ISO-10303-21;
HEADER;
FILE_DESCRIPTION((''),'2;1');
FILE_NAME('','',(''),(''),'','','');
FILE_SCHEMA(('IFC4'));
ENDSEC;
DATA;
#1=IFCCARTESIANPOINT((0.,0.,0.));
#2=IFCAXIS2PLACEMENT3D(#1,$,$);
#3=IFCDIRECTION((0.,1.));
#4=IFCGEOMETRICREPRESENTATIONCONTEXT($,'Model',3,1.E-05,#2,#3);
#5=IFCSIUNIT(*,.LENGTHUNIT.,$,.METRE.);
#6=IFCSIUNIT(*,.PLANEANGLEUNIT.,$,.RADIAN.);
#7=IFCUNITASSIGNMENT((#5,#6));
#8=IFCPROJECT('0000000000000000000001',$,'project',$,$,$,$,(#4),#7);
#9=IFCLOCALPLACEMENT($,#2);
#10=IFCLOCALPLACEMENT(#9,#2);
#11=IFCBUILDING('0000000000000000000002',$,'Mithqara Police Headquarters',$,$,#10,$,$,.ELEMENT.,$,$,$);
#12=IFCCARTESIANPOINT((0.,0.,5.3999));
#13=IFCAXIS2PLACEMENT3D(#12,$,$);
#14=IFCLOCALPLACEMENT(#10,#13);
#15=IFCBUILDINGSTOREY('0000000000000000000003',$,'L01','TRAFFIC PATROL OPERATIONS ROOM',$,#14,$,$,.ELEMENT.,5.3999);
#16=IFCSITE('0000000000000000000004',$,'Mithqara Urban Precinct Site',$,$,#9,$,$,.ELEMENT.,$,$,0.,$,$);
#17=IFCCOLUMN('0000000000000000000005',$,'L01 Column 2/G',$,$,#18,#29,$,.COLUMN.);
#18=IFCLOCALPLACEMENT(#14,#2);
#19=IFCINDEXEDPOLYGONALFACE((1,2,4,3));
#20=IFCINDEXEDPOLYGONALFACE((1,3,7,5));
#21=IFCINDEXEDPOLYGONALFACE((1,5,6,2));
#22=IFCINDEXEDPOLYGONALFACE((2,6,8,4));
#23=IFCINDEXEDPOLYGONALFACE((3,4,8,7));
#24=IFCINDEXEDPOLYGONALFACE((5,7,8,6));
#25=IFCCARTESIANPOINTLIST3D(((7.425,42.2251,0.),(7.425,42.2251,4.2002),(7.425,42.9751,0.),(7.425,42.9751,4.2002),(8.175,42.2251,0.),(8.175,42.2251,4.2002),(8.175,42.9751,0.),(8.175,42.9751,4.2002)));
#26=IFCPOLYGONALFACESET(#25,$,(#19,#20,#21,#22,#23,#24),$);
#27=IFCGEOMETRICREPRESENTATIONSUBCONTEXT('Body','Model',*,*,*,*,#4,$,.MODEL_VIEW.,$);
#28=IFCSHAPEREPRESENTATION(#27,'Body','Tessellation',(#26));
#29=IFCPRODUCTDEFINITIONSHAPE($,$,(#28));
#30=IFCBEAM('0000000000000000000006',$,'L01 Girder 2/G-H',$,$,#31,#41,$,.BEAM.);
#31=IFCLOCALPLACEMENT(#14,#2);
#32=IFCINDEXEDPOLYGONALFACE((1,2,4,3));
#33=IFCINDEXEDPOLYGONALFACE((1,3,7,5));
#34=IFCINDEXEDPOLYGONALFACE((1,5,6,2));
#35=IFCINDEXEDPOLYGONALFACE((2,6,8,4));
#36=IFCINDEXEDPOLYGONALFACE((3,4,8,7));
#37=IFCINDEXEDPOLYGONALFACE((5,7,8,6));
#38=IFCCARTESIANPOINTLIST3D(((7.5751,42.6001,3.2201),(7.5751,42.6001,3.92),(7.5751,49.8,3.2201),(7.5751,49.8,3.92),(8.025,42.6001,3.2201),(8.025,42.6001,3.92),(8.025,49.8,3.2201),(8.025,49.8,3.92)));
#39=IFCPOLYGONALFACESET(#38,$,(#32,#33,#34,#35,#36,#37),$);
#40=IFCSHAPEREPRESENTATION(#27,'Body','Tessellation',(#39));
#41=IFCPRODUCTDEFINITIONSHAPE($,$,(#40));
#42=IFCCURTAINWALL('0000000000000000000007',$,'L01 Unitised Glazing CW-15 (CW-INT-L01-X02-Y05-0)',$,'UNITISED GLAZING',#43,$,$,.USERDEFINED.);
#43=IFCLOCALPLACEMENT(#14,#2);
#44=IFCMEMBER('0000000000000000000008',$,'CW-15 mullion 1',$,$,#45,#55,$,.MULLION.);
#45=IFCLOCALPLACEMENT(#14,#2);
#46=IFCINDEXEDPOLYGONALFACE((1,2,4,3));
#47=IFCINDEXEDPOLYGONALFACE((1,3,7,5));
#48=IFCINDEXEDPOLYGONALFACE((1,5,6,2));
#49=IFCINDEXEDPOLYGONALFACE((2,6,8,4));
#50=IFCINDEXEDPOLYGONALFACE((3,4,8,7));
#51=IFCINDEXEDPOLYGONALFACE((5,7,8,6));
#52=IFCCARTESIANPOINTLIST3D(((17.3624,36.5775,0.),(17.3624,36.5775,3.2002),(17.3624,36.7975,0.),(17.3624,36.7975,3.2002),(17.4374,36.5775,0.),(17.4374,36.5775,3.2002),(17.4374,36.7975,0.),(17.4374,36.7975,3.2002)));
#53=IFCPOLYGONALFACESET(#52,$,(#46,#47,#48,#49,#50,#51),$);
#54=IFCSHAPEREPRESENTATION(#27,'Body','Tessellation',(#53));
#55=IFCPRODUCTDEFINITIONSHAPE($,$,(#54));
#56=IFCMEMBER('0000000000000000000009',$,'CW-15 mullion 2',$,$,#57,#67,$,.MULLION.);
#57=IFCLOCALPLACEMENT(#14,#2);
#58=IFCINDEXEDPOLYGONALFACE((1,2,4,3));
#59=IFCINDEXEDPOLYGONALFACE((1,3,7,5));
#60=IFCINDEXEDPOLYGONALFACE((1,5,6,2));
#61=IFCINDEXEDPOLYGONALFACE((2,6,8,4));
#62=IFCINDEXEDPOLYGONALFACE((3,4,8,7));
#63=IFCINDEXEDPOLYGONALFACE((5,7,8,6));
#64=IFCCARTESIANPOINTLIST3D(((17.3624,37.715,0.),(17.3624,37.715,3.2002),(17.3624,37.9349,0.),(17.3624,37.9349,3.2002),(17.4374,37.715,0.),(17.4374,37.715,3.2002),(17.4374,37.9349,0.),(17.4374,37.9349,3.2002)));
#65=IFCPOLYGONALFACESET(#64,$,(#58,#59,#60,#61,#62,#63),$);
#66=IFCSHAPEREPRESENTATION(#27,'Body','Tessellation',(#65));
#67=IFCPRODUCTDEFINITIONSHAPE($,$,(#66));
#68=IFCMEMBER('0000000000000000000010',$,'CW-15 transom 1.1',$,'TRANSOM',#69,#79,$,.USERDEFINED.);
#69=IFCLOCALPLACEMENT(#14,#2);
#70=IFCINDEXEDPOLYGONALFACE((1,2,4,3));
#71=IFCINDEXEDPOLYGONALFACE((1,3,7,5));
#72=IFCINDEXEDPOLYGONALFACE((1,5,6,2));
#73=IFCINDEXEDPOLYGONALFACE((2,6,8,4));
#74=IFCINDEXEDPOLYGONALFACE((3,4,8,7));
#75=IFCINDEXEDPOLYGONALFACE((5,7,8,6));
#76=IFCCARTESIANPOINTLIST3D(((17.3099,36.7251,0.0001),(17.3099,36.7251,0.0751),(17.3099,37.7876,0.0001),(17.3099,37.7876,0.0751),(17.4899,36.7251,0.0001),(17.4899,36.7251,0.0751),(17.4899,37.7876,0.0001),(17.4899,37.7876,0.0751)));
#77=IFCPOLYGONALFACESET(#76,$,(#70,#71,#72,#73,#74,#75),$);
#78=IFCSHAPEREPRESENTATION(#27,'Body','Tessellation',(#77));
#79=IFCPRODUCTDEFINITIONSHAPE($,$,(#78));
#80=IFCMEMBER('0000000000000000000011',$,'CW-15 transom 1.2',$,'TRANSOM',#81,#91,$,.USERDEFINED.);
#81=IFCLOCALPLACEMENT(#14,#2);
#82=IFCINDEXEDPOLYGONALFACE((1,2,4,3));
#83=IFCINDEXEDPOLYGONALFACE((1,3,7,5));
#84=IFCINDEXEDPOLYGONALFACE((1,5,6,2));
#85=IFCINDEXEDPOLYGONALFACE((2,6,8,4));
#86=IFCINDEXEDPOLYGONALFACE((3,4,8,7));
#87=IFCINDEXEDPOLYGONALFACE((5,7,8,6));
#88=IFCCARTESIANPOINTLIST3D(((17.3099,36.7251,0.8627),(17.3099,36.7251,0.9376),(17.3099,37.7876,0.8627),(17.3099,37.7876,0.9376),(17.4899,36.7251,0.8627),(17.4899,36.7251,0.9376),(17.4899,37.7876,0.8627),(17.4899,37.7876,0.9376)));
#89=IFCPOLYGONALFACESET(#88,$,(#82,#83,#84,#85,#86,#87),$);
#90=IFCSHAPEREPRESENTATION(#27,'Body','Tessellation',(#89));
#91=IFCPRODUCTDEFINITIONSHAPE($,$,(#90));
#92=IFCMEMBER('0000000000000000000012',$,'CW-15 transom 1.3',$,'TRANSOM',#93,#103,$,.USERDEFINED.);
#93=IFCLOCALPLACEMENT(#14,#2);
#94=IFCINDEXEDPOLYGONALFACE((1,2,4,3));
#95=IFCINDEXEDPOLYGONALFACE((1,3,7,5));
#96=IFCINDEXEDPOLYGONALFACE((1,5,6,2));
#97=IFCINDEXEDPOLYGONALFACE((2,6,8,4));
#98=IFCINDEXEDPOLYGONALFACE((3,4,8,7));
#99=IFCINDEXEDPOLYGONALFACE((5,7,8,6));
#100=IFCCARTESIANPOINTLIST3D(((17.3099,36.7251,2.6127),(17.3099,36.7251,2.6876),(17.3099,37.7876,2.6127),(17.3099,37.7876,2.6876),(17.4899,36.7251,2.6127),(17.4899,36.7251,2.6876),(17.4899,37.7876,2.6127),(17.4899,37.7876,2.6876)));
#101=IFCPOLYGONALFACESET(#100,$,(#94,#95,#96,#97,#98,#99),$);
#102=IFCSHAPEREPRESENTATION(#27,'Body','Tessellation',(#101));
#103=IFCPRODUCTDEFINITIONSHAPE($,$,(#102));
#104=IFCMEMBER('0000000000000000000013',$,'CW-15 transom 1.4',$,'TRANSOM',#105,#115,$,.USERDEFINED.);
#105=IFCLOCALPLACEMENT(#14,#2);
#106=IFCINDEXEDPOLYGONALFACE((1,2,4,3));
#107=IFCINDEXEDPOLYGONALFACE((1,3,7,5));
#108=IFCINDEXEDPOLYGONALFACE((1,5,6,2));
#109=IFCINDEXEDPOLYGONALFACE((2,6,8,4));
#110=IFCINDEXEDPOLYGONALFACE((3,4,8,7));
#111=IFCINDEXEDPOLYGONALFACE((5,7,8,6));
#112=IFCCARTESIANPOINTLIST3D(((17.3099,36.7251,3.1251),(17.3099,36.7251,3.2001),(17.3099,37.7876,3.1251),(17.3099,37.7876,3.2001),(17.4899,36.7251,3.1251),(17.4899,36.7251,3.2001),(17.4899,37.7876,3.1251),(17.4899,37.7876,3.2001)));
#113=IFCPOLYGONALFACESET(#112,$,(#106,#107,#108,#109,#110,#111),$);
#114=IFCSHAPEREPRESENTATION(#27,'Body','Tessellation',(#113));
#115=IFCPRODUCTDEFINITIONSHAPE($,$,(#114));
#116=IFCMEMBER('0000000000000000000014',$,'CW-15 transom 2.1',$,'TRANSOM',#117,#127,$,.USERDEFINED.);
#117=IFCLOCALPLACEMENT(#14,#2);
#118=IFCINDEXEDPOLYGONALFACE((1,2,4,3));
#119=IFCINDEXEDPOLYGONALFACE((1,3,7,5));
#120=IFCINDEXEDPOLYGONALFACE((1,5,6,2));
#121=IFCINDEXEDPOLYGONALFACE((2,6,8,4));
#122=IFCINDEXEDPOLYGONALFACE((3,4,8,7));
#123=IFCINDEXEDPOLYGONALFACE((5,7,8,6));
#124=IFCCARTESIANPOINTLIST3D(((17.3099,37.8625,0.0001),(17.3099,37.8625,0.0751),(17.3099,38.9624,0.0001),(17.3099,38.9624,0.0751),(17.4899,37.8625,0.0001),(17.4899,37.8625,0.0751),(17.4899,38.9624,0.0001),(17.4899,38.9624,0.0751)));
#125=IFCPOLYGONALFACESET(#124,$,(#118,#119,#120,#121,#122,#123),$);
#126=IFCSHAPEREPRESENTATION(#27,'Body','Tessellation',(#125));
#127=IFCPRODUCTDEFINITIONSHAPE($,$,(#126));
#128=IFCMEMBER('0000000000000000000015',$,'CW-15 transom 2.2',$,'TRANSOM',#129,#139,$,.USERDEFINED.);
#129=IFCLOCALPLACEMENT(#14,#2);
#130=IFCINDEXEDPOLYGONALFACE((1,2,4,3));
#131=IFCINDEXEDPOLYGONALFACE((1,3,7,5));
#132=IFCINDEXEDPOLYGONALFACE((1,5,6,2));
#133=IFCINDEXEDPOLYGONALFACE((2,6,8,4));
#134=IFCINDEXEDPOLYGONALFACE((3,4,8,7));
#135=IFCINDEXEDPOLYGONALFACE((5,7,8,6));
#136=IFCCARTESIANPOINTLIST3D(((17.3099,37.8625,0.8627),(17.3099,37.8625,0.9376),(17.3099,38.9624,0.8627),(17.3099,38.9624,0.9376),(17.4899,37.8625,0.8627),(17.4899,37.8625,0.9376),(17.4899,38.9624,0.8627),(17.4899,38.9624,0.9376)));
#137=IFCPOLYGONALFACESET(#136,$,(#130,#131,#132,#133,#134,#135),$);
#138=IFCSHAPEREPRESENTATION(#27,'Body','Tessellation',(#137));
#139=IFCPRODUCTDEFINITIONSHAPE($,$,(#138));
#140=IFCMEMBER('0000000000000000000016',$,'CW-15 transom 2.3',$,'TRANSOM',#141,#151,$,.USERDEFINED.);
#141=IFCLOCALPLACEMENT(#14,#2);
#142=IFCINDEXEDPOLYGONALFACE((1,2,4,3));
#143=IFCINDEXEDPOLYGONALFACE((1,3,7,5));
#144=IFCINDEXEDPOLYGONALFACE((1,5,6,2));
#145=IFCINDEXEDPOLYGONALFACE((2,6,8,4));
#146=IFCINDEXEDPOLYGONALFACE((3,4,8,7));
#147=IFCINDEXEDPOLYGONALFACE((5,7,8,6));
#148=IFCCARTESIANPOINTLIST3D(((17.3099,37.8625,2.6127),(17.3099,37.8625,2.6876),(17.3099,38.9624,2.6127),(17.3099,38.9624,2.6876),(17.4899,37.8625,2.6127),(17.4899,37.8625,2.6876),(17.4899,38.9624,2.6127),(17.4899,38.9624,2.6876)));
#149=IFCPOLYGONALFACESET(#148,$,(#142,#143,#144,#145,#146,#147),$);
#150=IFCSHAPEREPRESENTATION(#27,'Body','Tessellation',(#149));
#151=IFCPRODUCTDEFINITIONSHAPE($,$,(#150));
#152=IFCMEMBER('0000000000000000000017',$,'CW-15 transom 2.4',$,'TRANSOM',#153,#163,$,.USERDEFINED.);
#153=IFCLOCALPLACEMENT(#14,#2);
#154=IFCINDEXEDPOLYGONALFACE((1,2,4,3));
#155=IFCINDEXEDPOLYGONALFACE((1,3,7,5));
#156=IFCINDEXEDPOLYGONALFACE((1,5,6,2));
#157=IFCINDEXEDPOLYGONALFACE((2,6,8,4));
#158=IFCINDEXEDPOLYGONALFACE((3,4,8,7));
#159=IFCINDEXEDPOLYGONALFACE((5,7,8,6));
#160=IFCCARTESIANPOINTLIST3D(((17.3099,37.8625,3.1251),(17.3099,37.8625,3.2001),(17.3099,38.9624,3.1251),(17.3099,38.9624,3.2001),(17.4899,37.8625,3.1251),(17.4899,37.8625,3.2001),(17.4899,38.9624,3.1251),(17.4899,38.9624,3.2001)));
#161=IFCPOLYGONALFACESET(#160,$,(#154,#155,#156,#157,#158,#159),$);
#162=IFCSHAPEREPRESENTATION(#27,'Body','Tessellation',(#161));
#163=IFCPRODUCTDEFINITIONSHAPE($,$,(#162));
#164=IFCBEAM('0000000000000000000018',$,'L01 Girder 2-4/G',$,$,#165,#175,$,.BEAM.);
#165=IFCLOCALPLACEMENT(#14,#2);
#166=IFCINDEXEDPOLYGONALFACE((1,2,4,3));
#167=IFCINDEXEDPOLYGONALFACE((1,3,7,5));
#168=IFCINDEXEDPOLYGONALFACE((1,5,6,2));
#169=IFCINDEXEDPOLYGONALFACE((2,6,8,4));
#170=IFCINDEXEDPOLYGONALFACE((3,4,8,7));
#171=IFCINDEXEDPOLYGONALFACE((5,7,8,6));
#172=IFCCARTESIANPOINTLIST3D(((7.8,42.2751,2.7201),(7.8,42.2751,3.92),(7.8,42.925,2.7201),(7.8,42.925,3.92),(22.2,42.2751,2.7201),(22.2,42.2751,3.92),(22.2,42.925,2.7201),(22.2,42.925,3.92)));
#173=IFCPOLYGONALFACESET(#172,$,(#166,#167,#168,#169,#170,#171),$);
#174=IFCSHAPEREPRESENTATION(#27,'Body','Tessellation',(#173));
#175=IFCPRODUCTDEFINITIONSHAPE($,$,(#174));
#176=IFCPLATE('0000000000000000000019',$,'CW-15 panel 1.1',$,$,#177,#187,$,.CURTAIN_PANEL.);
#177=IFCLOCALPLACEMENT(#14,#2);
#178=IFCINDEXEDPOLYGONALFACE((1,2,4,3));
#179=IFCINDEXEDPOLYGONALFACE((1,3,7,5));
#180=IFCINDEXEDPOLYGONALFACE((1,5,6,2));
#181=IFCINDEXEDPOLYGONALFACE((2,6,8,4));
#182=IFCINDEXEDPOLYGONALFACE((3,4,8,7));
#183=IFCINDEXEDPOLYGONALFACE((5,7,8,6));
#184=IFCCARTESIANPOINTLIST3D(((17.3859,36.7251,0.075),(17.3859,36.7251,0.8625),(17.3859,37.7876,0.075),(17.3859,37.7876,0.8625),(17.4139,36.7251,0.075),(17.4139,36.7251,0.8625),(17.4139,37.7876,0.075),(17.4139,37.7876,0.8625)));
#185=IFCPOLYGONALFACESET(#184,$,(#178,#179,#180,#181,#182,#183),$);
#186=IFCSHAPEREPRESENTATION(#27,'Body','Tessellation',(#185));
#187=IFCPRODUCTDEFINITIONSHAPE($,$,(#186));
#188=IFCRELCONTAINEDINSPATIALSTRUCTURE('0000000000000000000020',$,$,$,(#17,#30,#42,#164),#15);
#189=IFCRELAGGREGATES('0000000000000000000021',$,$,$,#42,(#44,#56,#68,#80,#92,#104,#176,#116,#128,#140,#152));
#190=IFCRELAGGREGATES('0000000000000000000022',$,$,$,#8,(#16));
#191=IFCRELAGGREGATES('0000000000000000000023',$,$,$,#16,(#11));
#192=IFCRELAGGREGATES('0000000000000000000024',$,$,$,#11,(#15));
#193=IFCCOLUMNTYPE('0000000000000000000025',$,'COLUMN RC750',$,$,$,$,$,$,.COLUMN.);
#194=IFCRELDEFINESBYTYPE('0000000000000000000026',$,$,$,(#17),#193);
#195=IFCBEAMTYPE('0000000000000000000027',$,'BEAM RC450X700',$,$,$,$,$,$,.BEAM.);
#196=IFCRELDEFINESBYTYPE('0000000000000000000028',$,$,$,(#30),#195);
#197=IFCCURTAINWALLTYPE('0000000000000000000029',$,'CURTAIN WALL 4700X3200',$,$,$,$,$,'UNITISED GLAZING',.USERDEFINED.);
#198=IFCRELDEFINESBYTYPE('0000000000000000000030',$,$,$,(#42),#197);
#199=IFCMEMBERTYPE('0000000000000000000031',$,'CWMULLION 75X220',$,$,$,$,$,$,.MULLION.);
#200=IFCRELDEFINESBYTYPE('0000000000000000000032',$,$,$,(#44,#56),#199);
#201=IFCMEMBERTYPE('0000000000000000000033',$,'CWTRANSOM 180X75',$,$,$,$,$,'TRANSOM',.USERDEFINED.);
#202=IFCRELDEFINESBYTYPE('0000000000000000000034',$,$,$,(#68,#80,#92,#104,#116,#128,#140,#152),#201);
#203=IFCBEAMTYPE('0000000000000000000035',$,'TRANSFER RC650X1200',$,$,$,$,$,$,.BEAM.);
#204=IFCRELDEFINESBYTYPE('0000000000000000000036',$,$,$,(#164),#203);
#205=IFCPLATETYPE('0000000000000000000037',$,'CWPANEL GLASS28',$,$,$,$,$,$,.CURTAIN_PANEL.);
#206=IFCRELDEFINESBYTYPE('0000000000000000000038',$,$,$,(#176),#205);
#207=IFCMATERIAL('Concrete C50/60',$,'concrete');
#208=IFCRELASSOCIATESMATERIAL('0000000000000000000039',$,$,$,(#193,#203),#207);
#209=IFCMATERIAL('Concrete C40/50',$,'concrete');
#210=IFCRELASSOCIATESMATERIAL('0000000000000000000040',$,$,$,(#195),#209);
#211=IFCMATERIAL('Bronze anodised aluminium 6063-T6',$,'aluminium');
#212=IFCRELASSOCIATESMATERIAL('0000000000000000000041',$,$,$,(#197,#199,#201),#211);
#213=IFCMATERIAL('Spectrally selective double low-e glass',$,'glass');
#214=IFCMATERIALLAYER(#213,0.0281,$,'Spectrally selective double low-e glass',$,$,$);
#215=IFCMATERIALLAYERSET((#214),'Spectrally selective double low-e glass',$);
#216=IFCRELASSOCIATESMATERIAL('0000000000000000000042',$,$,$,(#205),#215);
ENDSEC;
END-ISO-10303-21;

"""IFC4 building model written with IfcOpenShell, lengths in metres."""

from ifc_helpers import new_model, si_unit, direction, frame, origin, origin_2d, place, context, subcontext, project, spatial, rectangle, extrude, material, layer, layer_set, material_profile, profile_set, type_object, element, aggregate, save


model = new_model("IFC4")

# Units and contexts
model_context = context("Model", 3, precision=1e-05, world=origin(), true_north=direction((0.0, 1.0)))
body_context = subcontext(model_context, "Body", "Model", "MODEL_VIEW")
ifc_project = project(units=[si_unit("LENGTHUNIT", "METRE"), si_unit("PLANEANGLEUNIT", "RADIAN")], contexts=[model_context])

# Site, building, storey
site_placement = place(None, origin())
site = spatial("IfcSite", under=ifc_project, at=site_placement, Name="Mithqara Urban Precinct Site", CompositionType="ELEMENT", RefElevation=0.0)
building_placement = place(site_placement, origin())
building = spatial("IfcBuilding", under=site, at=building_placement, Name="Mithqara Police Headquarters", CompositionType="ELEMENT")
storey_placement = place(building_placement, frame((0.0, 0.0, 5.3999)))
storey = spatial("IfcBuildingStorey", under=building, at=storey_placement, Name="L01", Description="TRAFFIC PATROL OPERATIONS ROOM", CompositionType="ELEMENT", Elevation=5.3999)

# Column
ifc_material_1 = material(Name="Concrete C50/60", Category="concrete")
ifc_material_profile_1 = material_profile(ifc_material_1, rectangle(XDim=0.75, YDim=0.75, at=origin_2d()), Name="RC 750x750")
ifc_profile_set_1 = profile_set([ifc_material_profile_1], Name="Concrete C50/60")
column_type = type_object("IfcColumnType", Name="COLUMN RC750", PredefinedType="COLUMN", material=ifc_profile_set_1)
column_placement = place(storey_placement, frame((7.8, 42.6001, 0.0), z_axis=(0.0, 0.0, 1.0), x_axis=(1.0, 0.0, 0.0)))
element("IfcColumn", 1, at=column_placement, inside=storey, type_object=column_type, Name="L01 Column 2/G", PredefinedType="COLUMN", context=body_context, shape_type="SweptSolid", body=[
    extrude(rectangle(XDim=0.75, YDim=0.75, at=origin_2d()), origin(), (0.0, 0.0, 1.0), 4.2002),
])

# Beam
ifc_material_2 = material(Name="Concrete C40/50", Category="concrete")
ifc_material_profile_2 = material_profile(ifc_material_2, rectangle(XDim=0.45, YDim=0.7, at=origin_2d()), Name="RC 450x700")
ifc_profile_set_2 = profile_set([ifc_material_profile_2], Name="Concrete C40/50")
beam_type_1 = type_object("IfcBeamType", Name="BEAM RC450X700", PredefinedType="BEAM", material=ifc_profile_set_2)
beam_1_placement = place(storey_placement, frame((7.8, 42.6001, 3.5701), z_axis=(0.0, 1.0, 0.0), x_axis=(-1.0, 0.0, 0.0)))
element("IfcBeam", 2, at=beam_1_placement, inside=storey, type_object=beam_type_1, Name="L01 Girder 2/G-H", PredefinedType="BEAM", context=body_context, shape_type="SweptSolid", body=[
    extrude(rectangle(XDim=0.45, YDim=0.7, at=origin_2d()), origin(), (0.0, 0.0, 1.0), 7.2),
])

# Curtain wall, members
ifc_material_3 = material(Name="Bronze anodised aluminium 6063-T6", Category="aluminium")
curtain_wall_type = type_object("IfcCurtainWallType", Name="CURTAIN WALL 4700X3200", ElementType="UNITISED GLAZING", PredefinedType="USERDEFINED", material=ifc_material_3)
curtain_wall_placement = place(storey_placement, origin())
curtain_wall = element("IfcCurtainWall", 3, at=curtain_wall_placement, inside=storey, type_object=curtain_wall_type, Name="L01 Unitised Glazing CW-15 (CW-INT-L01-X02-Y05-0)", ObjectType="UNITISED GLAZING", PredefinedType="USERDEFINED")
ifc_material_profile_3 = material_profile(ifc_material_3, rectangle(XDim=0.075, YDim=0.22, at=origin_2d()), Name="CWM 75x220")
ifc_profile_set_3 = profile_set([ifc_material_profile_3], Name="Bronze anodised aluminium 6063-T6")
member_type_1 = type_object("IfcMemberType", Name="CWMULLION 75X220", PredefinedType="MULLION", material=ifc_profile_set_3)
member_1_placement = place(storey_placement, frame((17.3999, 36.6875, 0.0), z_axis=(0.0, 0.0, 1.0), x_axis=(-1.0, 0.0, 0.0)))
member_1 = element("IfcMember", 4, at=member_1_placement, type_object=member_type_1, Name="CW-15 mullion 1", PredefinedType="MULLION", context=body_context, shape_type="SweptSolid", body=[
    extrude(rectangle(XDim=0.075, YDim=0.22, at=origin_2d()), origin(), (0.0, 0.0, 1.0), 3.2002),
])
member_2_placement = place(storey_placement, frame((17.3999, 37.825, 0.0), z_axis=(0.0, 0.0, 1.0), x_axis=(-1.0, 0.0, 0.0)))
member_2 = element("IfcMember", 5, at=member_2_placement, type_object=member_type_1, Name="CW-15 mullion 2", PredefinedType="MULLION", context=body_context, shape_type="SweptSolid", body=[
    extrude(rectangle(XDim=0.075, YDim=0.22, at=origin_2d()), origin(), (0.0, 0.0, 1.0), 3.2002),
])
ifc_material_profile_4 = material_profile(ifc_material_3, rectangle(XDim=0.1799, YDim=0.075, at=origin_2d()), Name="CWT 180x75")
ifc_profile_set_4 = profile_set([ifc_material_profile_4], Name="Bronze anodised aluminium 6063-T6")
member_type_2 = type_object("IfcMemberType", Name="CWTRANSOM 180X75", ElementType="TRANSOM", PredefinedType="USERDEFINED", material=ifc_profile_set_4)
member_3_placement = place(storey_placement, frame((17.3999, 36.7251, 0.0376), z_axis=(0.0, 1.0, 0.0), x_axis=(-1.0, 0.0, 0.0)))
member_3 = element("IfcMember", 6, at=member_3_placement, type_object=member_type_2, Name="CW-15 transom 1.1", ObjectType="TRANSOM", PredefinedType="USERDEFINED", context=body_context, shape_type="SweptSolid", body=[
    extrude(rectangle(XDim=0.1799, YDim=0.075, at=origin_2d()), origin(), (0.0, 0.0, 1.0), 1.0625),
])
member_4_placement = place(storey_placement, frame((17.3999, 36.7251, 0.9001), z_axis=(0.0, 1.0, 0.0), x_axis=(-1.0, 0.0, 0.0)))
member_4 = element("IfcMember", 7, at=member_4_placement, type_object=member_type_2, Name="CW-15 transom 1.2", ObjectType="TRANSOM", PredefinedType="USERDEFINED", context=body_context, shape_type="SweptSolid", body=[
    extrude(rectangle(XDim=0.1799, YDim=0.075, at=origin_2d()), origin(), (0.0, 0.0, 1.0), 1.0625),
])
member_5_placement = place(storey_placement, frame((17.3999, 36.7251, 2.6501), z_axis=(0.0, 1.0, 0.0), x_axis=(-1.0, 0.0, 0.0)))
member_5 = element("IfcMember", 8, at=member_5_placement, type_object=member_type_2, Name="CW-15 transom 1.3", ObjectType="TRANSOM", PredefinedType="USERDEFINED", context=body_context, shape_type="SweptSolid", body=[
    extrude(rectangle(XDim=0.1799, YDim=0.075, at=origin_2d()), origin(), (0.0, 0.0, 1.0), 1.0625),
])
member_6_placement = place(storey_placement, frame((17.3999, 36.7251, 3.1626), z_axis=(0.0, 1.0, 0.0), x_axis=(-1.0, 0.0, 0.0)))
member_6 = element("IfcMember", 9, at=member_6_placement, type_object=member_type_2, Name="CW-15 transom 1.4", ObjectType="TRANSOM", PredefinedType="USERDEFINED", context=body_context, shape_type="SweptSolid", body=[
    extrude(rectangle(XDim=0.1799, YDim=0.075, at=origin_2d()), origin(), (0.0, 0.0, 1.0), 1.0625),
])
member_7_placement = place(storey_placement, frame((17.3999, 37.8625, 0.0376), z_axis=(0.0, 1.0, 0.0), x_axis=(-1.0, 0.0, 0.0)))
member_7 = element("IfcMember", 10, at=member_7_placement, type_object=member_type_2, Name="CW-15 transom 2.1", ObjectType="TRANSOM", PredefinedType="USERDEFINED", context=body_context, shape_type="SweptSolid", body=[
    extrude(rectangle(XDim=0.1799, YDim=0.075, at=origin_2d()), origin(), (0.0, 0.0, 1.0), 1.0999),
])
member_8_placement = place(storey_placement, frame((17.3999, 37.8625, 0.9001), z_axis=(0.0, 1.0, 0.0), x_axis=(-1.0, 0.0, 0.0)))
member_8 = element("IfcMember", 11, at=member_8_placement, type_object=member_type_2, Name="CW-15 transom 2.2", ObjectType="TRANSOM", PredefinedType="USERDEFINED", context=body_context, shape_type="SweptSolid", body=[
    extrude(rectangle(XDim=0.1799, YDim=0.075, at=origin_2d()), origin(), (0.0, 0.0, 1.0), 1.0999),
])
member_9_placement = place(storey_placement, frame((17.3999, 37.8625, 2.6501), z_axis=(0.0, 1.0, 0.0), x_axis=(-1.0, 0.0, 0.0)))
member_9 = element("IfcMember", 12, at=member_9_placement, type_object=member_type_2, Name="CW-15 transom 2.3", ObjectType="TRANSOM", PredefinedType="USERDEFINED", context=body_context, shape_type="SweptSolid", body=[
    extrude(rectangle(XDim=0.1799, YDim=0.075, at=origin_2d()), origin(), (0.0, 0.0, 1.0), 1.0999),
])
member_10_placement = place(storey_placement, frame((17.3999, 37.8625, 3.1626), z_axis=(0.0, 1.0, 0.0), x_axis=(-1.0, 0.0, 0.0)))
member_10 = element("IfcMember", 13, at=member_10_placement, type_object=member_type_2, Name="CW-15 transom 2.4", ObjectType="TRANSOM", PredefinedType="USERDEFINED", context=body_context, shape_type="SweptSolid", body=[
    extrude(rectangle(XDim=0.1799, YDim=0.075, at=origin_2d()), origin(), (0.0, 0.0, 1.0), 1.0999),
])

# Beam
ifc_material_profile_5 = material_profile(ifc_material_1, rectangle(XDim=0.6499, YDim=1.2, at=origin_2d()), Name="RC 650x1200")
ifc_profile_set_5 = profile_set([ifc_material_profile_5], Name="Concrete C50/60")
beam_type_2 = type_object("IfcBeamType", Name="TRANSFER RC650X1200", PredefinedType="BEAM", material=ifc_profile_set_5)
beam_2_placement = place(storey_placement, frame((7.8, 42.6001, 3.3201), z_axis=(1.0, 0.0, 0.0), x_axis=(0.0, 1.0, 0.0)))
element("IfcBeam", 14, at=beam_2_placement, inside=storey, type_object=beam_type_2, Name="L01 Girder 2-4/G", PredefinedType="BEAM", context=body_context, shape_type="SweptSolid", body=[
    extrude(rectangle(XDim=0.6499, YDim=1.2, at=origin_2d()), origin(), (0.0, 0.0, 1.0), 14.3999),
])

# Plate
ifc_material_4 = material(Name="Spectrally selective double low-e glass", Category="glass")
ifc_layer_1 = layer(ifc_material_4, 0.0281, Name="Spectrally selective double low-e glass")
ifc_layer_set_1 = layer_set([ifc_layer_1], Name="Spectrally selective double low-e glass")
plate_type = type_object("IfcPlateType", Name="CWPANEL GLASS28", PredefinedType="CURTAIN_PANEL", material=ifc_layer_set_1)
plate_1_placement = place(storey_placement, frame((17.3999, 37.2563, 0.075), z_axis=(0.0, 0.0, 1.0), x_axis=(0.0, 1.0, 0.0)))
plate_1 = element("IfcPlate", 15, at=plate_1_placement, type_object=plate_type, Name="CW-15 panel 1.1", PredefinedType="CURTAIN_PANEL", context=body_context, shape_type="SweptSolid", body=[
    extrude(rectangle(XDim=1.0625, YDim=0.0281, at=origin_2d()), origin(), (0.0, 0.0, 1.0), 0.7876),
])
aggregate(curtain_wall, [member_1, member_2, member_3, member_4, member_5, member_6, plate_1, member_7, member_8, member_9, member_10])

save(model, "model.ifc")
